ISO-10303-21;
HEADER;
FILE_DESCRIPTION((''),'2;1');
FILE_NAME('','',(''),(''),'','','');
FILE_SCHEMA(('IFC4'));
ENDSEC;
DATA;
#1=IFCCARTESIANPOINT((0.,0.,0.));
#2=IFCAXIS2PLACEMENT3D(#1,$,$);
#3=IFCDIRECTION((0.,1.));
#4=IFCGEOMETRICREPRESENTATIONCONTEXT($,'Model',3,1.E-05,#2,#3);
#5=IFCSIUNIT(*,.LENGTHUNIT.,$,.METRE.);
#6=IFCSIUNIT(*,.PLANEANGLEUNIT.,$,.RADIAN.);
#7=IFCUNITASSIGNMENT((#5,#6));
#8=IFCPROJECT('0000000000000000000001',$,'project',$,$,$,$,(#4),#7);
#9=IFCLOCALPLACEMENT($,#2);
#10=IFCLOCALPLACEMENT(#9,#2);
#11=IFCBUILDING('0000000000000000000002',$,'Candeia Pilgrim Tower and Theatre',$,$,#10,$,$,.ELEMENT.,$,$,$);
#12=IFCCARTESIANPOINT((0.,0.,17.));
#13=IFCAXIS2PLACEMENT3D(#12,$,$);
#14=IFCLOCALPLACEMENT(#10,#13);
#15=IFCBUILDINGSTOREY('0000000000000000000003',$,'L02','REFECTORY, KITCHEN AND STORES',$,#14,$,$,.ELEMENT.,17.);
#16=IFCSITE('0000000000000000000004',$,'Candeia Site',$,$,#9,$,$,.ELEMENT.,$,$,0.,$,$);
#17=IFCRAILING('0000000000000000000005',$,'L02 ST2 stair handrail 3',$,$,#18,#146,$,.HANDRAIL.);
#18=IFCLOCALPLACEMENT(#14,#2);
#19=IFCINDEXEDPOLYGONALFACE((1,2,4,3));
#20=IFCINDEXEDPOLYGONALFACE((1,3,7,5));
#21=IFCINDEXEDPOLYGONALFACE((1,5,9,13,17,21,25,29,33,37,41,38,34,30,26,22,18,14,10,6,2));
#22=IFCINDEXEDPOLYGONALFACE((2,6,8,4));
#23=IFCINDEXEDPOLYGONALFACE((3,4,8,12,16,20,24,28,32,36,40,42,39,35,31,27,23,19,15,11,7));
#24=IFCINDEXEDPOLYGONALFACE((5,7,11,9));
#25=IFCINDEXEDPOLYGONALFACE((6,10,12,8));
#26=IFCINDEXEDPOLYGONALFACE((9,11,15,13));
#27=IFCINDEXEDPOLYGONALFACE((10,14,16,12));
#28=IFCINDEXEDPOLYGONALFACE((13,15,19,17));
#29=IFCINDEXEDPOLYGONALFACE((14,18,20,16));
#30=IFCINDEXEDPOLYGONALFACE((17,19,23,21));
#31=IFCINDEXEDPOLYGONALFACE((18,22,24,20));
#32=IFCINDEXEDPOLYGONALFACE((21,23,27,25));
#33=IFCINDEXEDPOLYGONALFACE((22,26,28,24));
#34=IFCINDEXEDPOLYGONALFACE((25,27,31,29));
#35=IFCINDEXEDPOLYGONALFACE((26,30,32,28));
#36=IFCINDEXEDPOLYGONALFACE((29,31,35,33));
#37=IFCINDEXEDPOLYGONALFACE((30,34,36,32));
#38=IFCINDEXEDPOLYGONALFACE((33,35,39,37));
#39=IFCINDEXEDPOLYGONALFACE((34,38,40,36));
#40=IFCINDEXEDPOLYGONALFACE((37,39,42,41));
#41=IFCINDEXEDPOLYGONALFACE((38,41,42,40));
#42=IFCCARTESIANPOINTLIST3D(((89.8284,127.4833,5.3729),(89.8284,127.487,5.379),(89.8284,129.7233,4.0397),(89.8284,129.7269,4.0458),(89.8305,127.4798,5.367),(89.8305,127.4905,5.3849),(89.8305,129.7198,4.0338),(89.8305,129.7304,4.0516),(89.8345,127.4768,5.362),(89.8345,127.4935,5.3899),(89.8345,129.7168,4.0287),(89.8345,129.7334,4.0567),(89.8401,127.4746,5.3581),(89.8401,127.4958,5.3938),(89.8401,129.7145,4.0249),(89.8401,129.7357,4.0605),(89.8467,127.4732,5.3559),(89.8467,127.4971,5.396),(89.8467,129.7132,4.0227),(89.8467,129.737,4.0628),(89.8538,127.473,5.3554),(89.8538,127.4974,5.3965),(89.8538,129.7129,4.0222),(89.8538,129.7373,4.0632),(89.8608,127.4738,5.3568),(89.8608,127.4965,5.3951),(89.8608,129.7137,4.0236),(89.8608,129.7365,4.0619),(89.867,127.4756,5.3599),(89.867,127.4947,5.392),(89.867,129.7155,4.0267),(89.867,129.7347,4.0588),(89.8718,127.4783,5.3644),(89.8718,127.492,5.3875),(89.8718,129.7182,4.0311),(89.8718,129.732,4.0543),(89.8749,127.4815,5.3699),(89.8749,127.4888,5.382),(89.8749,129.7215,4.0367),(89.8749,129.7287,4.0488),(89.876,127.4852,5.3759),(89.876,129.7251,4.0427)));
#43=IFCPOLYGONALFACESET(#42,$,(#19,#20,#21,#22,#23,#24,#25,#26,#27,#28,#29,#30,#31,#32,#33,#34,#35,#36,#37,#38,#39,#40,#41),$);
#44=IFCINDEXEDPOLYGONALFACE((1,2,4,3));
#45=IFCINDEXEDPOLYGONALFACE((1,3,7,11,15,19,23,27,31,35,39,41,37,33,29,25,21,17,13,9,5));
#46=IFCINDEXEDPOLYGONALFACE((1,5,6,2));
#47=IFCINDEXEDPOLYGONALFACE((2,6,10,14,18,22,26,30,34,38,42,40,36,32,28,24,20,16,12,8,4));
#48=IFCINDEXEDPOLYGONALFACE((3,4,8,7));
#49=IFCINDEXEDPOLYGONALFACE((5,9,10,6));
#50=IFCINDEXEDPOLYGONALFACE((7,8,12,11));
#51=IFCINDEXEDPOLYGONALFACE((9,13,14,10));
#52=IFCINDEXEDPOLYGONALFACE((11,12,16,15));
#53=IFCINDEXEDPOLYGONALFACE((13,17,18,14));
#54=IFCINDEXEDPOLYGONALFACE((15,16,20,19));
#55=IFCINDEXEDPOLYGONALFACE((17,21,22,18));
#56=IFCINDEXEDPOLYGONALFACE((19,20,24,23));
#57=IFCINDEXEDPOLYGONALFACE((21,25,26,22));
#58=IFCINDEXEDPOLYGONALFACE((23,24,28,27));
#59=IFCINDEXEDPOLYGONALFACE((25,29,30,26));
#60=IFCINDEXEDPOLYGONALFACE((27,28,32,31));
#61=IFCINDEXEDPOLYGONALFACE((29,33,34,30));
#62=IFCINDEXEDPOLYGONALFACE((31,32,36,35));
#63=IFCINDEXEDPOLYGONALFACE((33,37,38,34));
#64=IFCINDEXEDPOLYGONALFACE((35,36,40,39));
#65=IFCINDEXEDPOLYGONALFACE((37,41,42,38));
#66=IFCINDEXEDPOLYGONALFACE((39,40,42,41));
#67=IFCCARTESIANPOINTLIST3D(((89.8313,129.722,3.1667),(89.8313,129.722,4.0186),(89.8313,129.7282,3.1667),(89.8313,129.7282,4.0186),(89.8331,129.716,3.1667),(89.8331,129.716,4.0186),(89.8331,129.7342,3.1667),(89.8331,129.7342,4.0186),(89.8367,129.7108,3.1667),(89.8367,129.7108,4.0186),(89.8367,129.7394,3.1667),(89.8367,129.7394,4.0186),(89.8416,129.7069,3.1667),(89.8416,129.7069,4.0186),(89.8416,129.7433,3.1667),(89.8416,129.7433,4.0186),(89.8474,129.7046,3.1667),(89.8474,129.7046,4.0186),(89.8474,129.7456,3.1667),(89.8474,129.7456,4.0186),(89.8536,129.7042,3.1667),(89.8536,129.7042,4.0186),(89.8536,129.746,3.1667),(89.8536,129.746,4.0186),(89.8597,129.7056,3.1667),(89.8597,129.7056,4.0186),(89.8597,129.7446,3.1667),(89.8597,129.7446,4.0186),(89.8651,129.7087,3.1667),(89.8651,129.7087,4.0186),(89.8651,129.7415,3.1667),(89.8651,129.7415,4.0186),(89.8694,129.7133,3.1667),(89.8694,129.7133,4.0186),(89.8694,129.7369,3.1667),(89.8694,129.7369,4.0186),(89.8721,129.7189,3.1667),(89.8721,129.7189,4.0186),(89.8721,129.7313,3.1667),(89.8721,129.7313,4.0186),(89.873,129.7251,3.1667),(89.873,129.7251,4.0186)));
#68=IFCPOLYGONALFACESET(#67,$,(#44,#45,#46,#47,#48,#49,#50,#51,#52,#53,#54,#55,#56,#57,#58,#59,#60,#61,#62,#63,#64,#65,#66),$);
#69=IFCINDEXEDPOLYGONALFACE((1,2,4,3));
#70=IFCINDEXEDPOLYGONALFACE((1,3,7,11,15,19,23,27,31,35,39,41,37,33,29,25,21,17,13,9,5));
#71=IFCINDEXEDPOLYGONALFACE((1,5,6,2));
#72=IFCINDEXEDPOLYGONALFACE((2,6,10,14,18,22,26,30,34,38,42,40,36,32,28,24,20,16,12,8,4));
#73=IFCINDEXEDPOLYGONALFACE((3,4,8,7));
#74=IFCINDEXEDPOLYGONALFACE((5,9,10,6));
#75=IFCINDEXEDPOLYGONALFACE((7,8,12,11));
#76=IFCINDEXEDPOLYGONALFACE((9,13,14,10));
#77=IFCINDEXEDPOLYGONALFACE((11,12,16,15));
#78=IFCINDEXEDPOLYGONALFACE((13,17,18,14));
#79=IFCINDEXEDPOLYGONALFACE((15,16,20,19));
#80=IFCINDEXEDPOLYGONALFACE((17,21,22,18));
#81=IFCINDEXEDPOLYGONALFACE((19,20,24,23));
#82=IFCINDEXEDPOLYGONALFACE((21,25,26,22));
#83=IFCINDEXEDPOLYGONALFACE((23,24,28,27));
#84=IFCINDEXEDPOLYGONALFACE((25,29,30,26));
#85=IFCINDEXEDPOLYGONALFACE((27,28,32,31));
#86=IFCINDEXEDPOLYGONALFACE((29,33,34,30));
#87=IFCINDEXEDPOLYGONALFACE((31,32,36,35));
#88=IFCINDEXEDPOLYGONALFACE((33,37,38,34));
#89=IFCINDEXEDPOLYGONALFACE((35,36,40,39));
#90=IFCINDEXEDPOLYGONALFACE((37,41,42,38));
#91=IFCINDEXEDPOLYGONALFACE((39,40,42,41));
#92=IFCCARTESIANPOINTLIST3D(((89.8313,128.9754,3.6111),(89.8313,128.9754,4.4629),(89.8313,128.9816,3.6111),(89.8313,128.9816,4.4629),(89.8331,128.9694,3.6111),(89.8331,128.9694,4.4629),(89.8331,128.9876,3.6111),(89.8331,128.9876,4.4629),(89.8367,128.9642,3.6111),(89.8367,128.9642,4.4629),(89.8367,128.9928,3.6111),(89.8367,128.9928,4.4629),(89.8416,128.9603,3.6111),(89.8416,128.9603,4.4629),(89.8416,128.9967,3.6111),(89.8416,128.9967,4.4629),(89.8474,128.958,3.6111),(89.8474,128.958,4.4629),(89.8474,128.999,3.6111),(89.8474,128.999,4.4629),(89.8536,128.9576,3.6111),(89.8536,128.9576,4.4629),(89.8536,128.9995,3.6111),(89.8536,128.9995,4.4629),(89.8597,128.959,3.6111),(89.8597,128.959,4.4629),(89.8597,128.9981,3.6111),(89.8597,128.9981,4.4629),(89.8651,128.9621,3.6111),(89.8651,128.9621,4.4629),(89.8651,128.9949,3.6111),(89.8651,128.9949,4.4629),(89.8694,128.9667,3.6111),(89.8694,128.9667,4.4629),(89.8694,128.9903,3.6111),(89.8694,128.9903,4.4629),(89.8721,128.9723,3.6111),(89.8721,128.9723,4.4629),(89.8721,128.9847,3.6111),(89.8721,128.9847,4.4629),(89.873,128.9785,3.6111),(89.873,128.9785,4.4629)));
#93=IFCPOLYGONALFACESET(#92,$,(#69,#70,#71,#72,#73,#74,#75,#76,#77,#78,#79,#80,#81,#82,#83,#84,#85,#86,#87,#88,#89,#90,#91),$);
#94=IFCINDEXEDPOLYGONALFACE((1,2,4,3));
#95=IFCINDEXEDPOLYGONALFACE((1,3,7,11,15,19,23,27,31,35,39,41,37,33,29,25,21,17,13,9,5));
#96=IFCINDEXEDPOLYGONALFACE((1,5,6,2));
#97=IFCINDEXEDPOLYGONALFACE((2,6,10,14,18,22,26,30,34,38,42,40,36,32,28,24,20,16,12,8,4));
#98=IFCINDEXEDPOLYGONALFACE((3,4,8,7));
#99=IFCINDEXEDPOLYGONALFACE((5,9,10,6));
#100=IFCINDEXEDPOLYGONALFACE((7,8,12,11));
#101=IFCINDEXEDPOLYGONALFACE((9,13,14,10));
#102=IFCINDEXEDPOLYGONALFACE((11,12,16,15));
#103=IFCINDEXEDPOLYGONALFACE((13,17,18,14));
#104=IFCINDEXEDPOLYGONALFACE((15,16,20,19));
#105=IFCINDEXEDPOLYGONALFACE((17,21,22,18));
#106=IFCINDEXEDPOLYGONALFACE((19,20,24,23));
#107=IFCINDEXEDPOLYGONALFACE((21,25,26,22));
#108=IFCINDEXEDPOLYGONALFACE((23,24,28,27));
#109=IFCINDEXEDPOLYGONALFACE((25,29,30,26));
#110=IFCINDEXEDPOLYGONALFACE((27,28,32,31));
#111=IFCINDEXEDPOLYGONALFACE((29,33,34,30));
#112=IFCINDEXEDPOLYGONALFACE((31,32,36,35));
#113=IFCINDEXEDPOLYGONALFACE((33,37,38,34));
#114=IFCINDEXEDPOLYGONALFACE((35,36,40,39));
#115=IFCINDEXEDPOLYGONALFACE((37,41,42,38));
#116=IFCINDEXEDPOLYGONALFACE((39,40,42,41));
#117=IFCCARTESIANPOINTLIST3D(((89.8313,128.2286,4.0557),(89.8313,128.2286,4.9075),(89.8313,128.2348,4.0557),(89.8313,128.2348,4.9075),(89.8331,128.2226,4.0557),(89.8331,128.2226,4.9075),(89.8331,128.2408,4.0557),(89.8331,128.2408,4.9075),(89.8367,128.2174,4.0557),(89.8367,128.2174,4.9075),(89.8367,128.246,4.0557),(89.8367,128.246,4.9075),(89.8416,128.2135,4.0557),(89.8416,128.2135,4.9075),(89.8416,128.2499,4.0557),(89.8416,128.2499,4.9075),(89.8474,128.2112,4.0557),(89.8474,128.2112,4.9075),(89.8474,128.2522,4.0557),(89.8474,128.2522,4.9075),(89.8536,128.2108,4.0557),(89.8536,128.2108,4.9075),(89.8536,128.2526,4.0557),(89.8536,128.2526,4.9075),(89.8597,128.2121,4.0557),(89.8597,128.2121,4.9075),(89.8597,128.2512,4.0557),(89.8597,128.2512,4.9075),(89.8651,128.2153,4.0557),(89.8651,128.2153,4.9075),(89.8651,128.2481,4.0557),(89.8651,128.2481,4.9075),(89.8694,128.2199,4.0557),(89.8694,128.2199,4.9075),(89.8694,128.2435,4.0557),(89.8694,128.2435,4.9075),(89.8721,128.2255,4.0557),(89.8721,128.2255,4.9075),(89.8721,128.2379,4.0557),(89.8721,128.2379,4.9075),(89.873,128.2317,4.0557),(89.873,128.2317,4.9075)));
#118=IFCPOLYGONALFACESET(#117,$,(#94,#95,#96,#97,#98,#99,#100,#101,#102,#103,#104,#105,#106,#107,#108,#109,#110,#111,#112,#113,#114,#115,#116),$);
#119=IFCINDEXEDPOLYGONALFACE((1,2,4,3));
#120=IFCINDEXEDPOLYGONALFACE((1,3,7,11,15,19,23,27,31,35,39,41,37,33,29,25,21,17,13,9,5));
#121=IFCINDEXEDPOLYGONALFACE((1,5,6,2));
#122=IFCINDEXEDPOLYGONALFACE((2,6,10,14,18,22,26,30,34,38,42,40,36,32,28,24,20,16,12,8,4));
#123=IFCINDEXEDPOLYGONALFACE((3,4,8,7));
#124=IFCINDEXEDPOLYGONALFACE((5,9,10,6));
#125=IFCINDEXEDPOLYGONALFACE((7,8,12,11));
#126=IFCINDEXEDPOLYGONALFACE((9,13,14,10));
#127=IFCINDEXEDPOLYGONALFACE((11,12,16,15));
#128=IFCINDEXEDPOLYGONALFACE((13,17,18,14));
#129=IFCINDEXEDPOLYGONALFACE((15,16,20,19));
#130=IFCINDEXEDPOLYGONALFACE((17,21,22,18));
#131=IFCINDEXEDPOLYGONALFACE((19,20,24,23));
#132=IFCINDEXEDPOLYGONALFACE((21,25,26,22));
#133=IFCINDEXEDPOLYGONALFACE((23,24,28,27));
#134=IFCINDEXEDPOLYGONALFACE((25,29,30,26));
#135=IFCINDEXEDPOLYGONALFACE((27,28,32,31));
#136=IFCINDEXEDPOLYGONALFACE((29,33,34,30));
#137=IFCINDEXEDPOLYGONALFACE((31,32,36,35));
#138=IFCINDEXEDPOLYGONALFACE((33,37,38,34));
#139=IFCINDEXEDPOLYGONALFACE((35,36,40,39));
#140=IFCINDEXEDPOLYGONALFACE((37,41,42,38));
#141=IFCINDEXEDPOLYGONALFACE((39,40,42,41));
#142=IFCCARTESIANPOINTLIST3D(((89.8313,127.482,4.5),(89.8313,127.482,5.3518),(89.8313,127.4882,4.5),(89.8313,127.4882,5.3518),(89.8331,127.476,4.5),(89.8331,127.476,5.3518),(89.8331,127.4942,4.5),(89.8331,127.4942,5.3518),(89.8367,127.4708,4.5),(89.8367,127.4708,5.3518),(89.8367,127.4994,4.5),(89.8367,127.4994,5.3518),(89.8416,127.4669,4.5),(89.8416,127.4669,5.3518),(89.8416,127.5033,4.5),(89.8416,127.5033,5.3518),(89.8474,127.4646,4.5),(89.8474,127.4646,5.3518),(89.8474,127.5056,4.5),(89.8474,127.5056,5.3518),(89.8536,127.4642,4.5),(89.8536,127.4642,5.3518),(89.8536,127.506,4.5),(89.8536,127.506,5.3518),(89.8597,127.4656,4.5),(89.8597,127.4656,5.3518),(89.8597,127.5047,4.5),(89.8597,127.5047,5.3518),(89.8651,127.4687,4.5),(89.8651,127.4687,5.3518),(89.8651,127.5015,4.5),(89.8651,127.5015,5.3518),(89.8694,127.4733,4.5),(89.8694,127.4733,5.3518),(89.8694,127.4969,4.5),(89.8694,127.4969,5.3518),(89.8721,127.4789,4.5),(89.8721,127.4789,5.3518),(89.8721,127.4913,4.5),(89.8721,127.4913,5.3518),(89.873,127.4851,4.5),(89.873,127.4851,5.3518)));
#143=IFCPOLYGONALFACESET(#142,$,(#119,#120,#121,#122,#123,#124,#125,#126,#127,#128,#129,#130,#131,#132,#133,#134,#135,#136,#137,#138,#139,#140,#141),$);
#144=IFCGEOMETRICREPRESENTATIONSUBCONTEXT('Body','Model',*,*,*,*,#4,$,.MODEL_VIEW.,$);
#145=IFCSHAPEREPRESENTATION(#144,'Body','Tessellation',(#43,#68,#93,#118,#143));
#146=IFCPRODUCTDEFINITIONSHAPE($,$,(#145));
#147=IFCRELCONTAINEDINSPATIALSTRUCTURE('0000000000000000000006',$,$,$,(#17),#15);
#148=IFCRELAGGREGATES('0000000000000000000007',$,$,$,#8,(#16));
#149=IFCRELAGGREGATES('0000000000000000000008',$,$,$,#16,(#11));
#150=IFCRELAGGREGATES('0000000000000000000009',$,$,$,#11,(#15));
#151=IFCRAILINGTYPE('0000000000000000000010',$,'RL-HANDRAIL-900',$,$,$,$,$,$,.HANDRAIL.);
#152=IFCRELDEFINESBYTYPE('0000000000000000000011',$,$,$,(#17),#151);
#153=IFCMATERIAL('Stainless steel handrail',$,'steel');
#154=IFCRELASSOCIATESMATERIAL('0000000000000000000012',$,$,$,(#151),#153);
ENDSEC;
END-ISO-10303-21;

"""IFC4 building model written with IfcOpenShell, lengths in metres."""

from ifc_helpers import new_model, si_unit, direction, frame, origin, origin_2d, place, context, subcontext, project, spatial, circle, extrude, material, type_object, element, save


model = new_model("IFC4")

# Units and contexts
model_context = context("Model", 3, precision=1e-05, world=origin(), true_north=direction((0.0, 1.0)))
body_context = subcontext(model_context, "Body", "Model", "MODEL_VIEW")
ifc_project = project(units=[si_unit("LENGTHUNIT", "METRE"), si_unit("PLANEANGLEUNIT", "RADIAN")], contexts=[model_context])

# Site, building, storey
site_placement = place(None, origin())
site = spatial("IfcSite", under=ifc_project, at=site_placement, Name="Candeia Site", CompositionType="ELEMENT", RefElevation=0.0)
building_placement = place(site_placement, origin())
building = spatial("IfcBuilding", under=site, at=building_placement, Name="Candeia Pilgrim Tower and Theatre", CompositionType="ELEMENT")
storey_placement = place(building_placement, frame((0.0, 0.0, 17.0)))
storey = spatial("IfcBuildingStorey", under=building, at=storey_placement, Name="L02", Description="REFECTORY, KITCHEN AND STORES", CompositionType="ELEMENT", Elevation=17.0)

# Railing
ifc_material_1 = material(Name="Stainless steel handrail", Category="steel")
railing_type_1 = type_object("IfcRailingType", Name="RL-HANDRAIL-900", PredefinedType="HANDRAIL", material=ifc_material_1)
railing_1_placement = place(storey_placement, frame((89.8521, 129.7251, 3.1667)))
element("IfcRailing", 1, at=railing_1_placement, inside=storey, type_object=railing_type_1, Name="L02 ST2 stair handrail 3", PredefinedType="HANDRAIL", context=body_context, shape_type="SweptSolid", body=[
    extrude(circle(Radius=0.0239, at=origin_2d()), frame((0.0, 0.0, 0.876), z_axis=(0.0, -0.859306, 0.511462), x_axis=(1.0, 0.0, 0.0)), (0.0, 0.0, 1.0), 2.6067),
    extrude(circle(Radius=0.021, at=origin_2d()), origin(), (0.0, 0.0, 1.0), 0.8518),
    extrude(circle(Radius=0.021, at=origin_2d()), frame((0.0, -0.7466, 0.4443)), (0.0, 0.0, 1.0), 0.8518),
    extrude(circle(Radius=0.021, at=origin_2d()), frame((0.0, -1.4934, 0.8889)), (0.0, 0.0, 1.0), 0.8518),
    extrude(circle(Radius=0.021, at=origin_2d()), frame((0.0, -2.24, 1.3333)), (0.0, 0.0, 1.0), 0.8518),
])

save(model, "model.ifc")
